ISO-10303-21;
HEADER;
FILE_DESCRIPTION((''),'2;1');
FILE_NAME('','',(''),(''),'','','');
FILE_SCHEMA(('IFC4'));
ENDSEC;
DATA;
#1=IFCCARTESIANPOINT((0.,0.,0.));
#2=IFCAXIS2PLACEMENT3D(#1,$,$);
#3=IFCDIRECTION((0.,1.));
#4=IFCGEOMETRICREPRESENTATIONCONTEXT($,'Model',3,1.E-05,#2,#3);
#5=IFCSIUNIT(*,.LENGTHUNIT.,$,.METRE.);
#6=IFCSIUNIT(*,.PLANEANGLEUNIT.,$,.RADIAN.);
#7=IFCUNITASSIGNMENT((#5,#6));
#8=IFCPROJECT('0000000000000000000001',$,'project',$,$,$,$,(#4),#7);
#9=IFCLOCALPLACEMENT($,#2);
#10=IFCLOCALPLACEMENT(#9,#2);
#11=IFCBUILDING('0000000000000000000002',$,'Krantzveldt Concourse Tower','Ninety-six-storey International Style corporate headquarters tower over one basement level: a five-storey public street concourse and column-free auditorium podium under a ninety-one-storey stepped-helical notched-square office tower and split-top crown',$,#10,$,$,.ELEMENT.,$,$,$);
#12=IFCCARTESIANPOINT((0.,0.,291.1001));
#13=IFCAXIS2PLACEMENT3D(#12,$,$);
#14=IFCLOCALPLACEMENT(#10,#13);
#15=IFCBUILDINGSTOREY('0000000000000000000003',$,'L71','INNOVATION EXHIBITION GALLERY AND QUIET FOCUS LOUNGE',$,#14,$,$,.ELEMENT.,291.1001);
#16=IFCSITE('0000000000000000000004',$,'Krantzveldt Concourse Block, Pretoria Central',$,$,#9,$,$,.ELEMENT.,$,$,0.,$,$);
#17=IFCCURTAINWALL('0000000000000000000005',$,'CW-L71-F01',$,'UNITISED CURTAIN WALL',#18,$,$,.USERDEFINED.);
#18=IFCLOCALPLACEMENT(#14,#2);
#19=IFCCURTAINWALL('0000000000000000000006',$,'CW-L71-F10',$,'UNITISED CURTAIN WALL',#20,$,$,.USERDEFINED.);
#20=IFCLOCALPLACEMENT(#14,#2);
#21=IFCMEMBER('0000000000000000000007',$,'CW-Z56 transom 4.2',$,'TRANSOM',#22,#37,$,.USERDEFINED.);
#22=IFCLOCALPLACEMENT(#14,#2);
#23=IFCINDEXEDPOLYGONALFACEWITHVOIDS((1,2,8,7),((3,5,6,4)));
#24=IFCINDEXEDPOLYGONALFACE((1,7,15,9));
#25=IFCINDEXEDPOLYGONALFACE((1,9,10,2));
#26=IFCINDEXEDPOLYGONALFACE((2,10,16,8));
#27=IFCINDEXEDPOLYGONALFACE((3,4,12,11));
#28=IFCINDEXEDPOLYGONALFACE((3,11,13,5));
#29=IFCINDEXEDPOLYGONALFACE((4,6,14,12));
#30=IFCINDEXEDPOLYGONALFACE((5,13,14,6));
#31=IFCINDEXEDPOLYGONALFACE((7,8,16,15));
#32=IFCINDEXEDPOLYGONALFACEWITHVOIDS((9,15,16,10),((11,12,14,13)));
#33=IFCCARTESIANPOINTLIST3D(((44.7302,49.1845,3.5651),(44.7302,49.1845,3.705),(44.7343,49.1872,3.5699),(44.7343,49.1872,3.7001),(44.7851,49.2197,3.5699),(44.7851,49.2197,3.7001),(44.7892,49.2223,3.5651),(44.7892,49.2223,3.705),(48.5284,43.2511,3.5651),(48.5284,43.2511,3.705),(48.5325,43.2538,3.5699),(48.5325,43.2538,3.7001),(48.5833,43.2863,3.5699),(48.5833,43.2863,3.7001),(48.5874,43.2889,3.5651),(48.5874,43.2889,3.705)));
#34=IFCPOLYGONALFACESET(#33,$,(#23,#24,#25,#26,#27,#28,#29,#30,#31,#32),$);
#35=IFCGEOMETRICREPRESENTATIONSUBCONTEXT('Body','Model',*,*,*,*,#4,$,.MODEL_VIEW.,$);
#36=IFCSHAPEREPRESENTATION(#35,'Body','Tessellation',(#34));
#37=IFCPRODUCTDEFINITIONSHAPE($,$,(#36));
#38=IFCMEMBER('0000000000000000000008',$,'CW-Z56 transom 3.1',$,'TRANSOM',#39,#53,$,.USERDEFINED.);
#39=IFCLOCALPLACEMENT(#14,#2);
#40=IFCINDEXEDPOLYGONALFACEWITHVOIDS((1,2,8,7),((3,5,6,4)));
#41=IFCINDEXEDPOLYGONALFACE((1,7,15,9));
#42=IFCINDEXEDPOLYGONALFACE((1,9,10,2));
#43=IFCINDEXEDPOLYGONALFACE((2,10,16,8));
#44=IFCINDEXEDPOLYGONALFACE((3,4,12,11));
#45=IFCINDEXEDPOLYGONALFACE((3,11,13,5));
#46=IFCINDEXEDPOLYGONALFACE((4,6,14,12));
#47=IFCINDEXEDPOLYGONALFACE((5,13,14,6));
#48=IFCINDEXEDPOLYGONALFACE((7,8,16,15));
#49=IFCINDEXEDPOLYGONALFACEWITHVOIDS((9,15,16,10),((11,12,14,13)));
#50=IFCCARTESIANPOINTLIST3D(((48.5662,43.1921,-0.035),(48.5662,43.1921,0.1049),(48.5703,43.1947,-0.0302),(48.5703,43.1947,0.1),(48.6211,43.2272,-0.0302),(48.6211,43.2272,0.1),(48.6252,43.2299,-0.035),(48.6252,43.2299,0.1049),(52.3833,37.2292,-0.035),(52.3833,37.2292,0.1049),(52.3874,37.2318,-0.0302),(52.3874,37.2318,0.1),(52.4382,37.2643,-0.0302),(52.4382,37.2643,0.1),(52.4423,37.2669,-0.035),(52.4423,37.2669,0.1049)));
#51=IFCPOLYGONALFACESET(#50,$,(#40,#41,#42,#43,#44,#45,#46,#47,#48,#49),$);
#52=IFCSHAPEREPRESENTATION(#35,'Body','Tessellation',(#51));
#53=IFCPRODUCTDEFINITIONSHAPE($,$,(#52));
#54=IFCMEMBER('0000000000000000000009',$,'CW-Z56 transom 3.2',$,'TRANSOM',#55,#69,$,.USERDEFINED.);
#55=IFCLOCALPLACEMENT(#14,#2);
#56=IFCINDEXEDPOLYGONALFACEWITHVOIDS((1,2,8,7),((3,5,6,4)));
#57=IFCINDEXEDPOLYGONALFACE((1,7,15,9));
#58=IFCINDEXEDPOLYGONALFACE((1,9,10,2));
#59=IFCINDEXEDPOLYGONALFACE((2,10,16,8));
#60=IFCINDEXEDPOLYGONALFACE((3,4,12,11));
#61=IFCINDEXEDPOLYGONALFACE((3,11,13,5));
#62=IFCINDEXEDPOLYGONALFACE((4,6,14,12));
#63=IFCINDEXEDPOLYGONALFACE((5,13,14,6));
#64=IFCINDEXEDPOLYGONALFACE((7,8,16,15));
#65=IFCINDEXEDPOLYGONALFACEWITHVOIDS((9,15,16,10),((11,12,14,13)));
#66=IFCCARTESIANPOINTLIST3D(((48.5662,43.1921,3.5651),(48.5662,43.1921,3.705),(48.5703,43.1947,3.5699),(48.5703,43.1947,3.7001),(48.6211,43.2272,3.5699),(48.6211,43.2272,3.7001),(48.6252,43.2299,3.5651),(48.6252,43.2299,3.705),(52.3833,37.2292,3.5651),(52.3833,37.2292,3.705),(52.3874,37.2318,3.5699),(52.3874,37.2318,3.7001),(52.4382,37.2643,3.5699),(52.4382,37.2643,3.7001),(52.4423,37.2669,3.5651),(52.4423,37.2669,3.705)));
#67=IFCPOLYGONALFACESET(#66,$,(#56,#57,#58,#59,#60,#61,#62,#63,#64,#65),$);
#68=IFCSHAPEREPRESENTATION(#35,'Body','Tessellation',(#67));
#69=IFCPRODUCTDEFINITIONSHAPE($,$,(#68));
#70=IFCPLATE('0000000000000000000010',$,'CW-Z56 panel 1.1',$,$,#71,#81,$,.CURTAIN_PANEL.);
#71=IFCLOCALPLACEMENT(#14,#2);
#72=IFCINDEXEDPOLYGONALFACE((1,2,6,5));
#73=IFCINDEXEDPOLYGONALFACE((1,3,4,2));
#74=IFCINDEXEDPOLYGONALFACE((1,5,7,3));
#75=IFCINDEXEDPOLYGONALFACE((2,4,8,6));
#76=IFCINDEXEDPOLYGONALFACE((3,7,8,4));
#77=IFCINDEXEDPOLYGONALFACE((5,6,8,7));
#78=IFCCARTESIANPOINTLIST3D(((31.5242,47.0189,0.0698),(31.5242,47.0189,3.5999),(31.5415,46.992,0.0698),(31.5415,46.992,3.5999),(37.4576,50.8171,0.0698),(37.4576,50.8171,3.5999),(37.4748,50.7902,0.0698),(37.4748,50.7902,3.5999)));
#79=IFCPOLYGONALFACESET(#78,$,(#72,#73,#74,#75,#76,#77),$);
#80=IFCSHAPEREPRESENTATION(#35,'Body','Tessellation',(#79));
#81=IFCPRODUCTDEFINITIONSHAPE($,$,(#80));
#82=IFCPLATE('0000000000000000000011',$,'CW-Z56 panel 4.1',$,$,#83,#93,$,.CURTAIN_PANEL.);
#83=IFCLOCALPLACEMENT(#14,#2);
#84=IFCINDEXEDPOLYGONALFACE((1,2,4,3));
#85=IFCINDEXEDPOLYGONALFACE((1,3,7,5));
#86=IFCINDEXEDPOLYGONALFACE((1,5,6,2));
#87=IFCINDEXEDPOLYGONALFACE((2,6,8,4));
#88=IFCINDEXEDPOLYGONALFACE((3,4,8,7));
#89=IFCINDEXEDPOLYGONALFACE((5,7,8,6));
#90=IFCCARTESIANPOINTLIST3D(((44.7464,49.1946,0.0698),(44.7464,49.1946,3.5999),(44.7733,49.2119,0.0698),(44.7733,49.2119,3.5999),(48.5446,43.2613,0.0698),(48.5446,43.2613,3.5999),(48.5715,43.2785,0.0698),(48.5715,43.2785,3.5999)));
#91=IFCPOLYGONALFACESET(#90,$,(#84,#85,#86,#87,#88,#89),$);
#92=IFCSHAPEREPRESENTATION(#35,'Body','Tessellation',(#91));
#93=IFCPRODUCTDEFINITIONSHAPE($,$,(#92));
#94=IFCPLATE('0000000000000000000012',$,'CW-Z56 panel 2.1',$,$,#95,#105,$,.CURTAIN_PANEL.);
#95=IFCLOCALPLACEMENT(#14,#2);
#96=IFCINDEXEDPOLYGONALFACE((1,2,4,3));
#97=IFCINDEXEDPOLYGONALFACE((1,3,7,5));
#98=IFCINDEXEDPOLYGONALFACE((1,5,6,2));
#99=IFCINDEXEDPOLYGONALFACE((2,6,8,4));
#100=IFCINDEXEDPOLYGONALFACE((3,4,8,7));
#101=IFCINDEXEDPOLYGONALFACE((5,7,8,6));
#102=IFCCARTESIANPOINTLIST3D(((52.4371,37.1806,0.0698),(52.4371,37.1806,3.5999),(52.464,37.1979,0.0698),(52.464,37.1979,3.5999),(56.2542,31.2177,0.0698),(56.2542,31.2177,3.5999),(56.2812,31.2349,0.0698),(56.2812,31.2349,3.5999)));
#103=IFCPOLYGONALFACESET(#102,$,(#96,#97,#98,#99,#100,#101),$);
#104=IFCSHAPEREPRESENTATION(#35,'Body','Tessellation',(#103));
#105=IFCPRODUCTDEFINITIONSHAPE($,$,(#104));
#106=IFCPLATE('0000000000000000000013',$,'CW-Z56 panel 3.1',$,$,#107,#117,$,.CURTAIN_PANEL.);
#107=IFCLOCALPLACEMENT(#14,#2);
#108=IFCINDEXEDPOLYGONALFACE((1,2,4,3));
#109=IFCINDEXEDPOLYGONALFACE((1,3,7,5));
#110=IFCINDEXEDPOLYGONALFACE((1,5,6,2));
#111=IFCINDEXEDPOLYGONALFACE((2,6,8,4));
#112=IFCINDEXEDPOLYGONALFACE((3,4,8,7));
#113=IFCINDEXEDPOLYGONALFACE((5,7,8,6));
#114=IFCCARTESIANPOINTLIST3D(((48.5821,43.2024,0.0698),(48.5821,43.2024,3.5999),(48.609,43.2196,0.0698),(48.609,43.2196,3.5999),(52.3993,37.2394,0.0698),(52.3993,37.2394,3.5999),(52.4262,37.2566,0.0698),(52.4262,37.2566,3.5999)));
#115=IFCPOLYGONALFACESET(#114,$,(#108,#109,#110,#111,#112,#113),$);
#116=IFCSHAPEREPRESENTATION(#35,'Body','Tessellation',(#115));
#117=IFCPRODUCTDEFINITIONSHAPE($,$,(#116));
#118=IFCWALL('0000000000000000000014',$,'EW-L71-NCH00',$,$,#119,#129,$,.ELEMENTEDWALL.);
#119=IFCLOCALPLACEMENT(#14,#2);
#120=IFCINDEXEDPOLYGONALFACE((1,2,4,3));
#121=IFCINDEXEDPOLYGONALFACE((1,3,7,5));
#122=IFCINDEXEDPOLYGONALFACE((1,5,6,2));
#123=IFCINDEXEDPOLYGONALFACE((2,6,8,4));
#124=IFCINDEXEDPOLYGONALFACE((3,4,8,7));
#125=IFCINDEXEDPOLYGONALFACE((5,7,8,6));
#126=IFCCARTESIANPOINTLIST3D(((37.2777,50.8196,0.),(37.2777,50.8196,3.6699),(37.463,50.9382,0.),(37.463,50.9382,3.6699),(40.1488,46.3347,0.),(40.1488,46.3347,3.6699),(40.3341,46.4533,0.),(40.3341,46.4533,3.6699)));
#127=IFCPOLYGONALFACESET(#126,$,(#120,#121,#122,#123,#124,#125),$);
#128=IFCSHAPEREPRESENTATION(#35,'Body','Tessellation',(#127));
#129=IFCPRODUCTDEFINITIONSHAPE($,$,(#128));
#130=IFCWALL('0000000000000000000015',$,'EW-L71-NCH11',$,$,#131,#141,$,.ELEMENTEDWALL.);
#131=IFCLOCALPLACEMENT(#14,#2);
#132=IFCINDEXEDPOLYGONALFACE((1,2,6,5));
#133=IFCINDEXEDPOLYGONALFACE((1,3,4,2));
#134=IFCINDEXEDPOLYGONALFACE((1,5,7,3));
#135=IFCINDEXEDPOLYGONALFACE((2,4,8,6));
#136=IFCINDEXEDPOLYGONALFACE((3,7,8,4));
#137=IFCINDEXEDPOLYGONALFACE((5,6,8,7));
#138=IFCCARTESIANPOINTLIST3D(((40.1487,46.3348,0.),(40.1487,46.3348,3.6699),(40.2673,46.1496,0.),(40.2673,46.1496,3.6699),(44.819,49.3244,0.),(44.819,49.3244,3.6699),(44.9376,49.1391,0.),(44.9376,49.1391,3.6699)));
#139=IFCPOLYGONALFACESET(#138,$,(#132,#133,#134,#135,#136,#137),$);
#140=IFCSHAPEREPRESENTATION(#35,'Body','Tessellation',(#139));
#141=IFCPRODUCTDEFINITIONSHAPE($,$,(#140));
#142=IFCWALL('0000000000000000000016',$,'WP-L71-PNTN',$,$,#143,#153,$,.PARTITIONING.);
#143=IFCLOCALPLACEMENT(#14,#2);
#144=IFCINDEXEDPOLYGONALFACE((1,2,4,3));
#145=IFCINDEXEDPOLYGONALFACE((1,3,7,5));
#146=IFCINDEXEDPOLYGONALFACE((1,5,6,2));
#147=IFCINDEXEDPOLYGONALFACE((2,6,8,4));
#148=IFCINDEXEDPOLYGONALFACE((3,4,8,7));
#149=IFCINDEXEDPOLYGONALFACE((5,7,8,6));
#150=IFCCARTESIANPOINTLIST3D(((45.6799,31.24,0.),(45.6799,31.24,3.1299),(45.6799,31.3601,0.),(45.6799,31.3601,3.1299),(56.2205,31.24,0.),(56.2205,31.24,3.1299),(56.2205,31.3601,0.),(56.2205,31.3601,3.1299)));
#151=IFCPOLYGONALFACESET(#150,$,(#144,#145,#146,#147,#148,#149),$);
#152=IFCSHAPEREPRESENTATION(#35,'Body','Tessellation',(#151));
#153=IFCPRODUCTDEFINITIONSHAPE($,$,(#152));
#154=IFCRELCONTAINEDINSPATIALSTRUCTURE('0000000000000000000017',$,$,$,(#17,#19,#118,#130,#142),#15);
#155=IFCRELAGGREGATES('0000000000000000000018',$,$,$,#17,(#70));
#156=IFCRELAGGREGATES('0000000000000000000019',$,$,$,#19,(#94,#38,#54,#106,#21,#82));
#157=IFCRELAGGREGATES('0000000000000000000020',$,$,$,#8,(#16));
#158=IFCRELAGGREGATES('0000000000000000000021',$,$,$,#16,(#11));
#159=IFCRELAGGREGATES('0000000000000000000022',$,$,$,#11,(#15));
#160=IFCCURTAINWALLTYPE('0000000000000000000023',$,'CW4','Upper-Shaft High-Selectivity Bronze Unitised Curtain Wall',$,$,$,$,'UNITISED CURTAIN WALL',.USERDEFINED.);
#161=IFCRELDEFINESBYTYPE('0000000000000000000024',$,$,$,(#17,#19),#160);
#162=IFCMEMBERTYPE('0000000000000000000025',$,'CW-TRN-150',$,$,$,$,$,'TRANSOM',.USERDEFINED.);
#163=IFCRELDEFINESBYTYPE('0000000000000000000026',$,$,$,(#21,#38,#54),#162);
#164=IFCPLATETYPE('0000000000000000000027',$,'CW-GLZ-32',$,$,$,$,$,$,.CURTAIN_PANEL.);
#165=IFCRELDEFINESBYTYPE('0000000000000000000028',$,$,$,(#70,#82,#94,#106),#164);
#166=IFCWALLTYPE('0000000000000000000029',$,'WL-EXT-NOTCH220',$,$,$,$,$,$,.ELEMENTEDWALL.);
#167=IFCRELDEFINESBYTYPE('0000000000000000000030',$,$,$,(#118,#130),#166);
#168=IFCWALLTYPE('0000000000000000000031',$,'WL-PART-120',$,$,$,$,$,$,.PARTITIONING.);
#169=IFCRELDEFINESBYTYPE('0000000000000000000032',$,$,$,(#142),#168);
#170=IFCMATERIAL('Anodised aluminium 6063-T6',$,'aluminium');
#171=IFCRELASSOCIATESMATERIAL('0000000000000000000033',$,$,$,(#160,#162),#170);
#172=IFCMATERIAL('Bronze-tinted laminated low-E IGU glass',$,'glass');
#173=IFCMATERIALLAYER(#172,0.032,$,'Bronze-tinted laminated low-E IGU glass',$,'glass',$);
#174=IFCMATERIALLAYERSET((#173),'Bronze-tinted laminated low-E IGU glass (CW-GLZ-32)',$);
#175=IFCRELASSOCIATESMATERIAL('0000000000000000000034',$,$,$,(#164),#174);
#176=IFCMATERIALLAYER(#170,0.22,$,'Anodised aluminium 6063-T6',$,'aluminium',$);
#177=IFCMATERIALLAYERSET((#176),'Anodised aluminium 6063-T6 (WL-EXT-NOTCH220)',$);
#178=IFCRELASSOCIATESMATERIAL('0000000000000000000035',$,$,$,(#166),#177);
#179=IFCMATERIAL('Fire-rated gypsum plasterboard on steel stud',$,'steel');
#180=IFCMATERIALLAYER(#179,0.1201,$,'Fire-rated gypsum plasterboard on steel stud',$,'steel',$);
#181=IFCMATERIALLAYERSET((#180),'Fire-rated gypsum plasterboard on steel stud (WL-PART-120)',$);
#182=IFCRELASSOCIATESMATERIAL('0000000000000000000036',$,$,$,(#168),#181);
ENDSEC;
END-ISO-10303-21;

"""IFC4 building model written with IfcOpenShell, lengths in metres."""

from ifc_helpers import new_model, si_unit, direction, frame, frame_2d, origin, origin_2d, place, context, subcontext, project, spatial, rectangle, hollow_rectangle, extrude, source, transform, mapped, material, layer, layer_set, material_profile, profile_set, type_object, type_shapes, element, aggregate, save


model = new_model("IFC4")

# Units and contexts
model_context = context("Model", 3, precision=1e-05, world=origin(), true_north=direction((0.0, 1.0)))
body_context = subcontext(model_context, "Body", "Model", "MODEL_VIEW")
ifc_project = project(units=[si_unit("LENGTHUNIT", "METRE"), si_unit("PLANEANGLEUNIT", "RADIAN")], contexts=[model_context])

# Site, building, storey
site_placement = place(None, origin())
site = spatial("IfcSite", under=ifc_project, at=site_placement, Name="Krantzveldt Concourse Block, Pretoria Central", CompositionType="ELEMENT", RefElevation=0.0)
building_placement = place(site_placement, origin())
building = spatial("IfcBuilding", under=site, at=building_placement, Name="Krantzveldt Concourse Tower", Description="Ninety-six-storey International Style corporate headquarters tower over one basement level: a five-storey public street concourse and column-free auditorium podium under a ninety-one-storey stepped-helical notched-square office tower and split-top crown", CompositionType="ELEMENT")
storey_placement = place(building_placement, frame((0.0, 0.0, 291.1001)))
storey = spatial("IfcBuildingStorey", under=building, at=storey_placement, Name="L71", Description="INNOVATION EXHIBITION GALLERY AND QUIET FOCUS LOUNGE", CompositionType="ELEMENT", Elevation=291.1001)

# Curtain wall
ifc_material_1 = material(Name="Anodised aluminium 6063-T6", Category="aluminium")
curtain_wall_type = type_object("IfcCurtainWallType", Name="CW4", Description="Upper-Shaft High-Selectivity Bronze Unitised Curtain Wall", ElementType="UNITISED CURTAIN WALL", PredefinedType="USERDEFINED", material=ifc_material_1)
curtain_wall_1_placement = place(storey_placement, origin())
curtain_wall_1 = element("IfcCurtainWall", 1, at=curtain_wall_1_placement, inside=storey, type_object=curtain_wall_type, Name="CW-L71-F01", ObjectType="UNITISED CURTAIN WALL", PredefinedType="USERDEFINED")

# Curtain wall
curtain_wall_2_placement = place(storey_placement, origin())
curtain_wall_2 = element("IfcCurtainWall", 2, at=curtain_wall_2_placement, inside=storey, type_object=curtain_wall_type, Name="CW-L71-F10", ObjectType="UNITISED CURTAIN WALL", PredefinedType="USERDEFINED")

# Members
ifc_material_profile_1 = material_profile(ifc_material_1, hollow_rectangle(XDim=0.0701, YDim=0.1399, WallThickness=0.0049, at=origin_2d()), Name="Anodised aluminium 6063-T6", Category="aluminium")
ifc_profile_set_1 = profile_set([ifc_material_profile_1], Name="Anodised aluminium 6063-T6 - ALU-TRAN 140x70x5")
member_type_1 = type_object("IfcMemberType", Name="CW-TRN-150", ElementType="TRANSOM", PredefinedType="USERDEFINED", material=ifc_profile_set_1)
shared_shape_1 = source(origin(), body_context, "Body", "SweptSolid", [
    extrude(hollow_rectangle(XDim=0.0701, YDim=0.1399, WallThickness=0.0049, at=origin_2d()), origin(), (0.0, 0.0, 1.0), 7.0449),
])
member_1_placement = place(storey_placement, frame((48.5579, 43.27, 3.635), z_axis=(-0.539129, 0.842223, 0.0), x_axis=(-0.842223, -0.539129, 0.0)))
member_1 = element("IfcMember", 3, at=member_1_placement, type_object=member_type_1, Name="CW-Z56 transom 4.2", ObjectType="TRANSOM", PredefinedType="USERDEFINED", context=body_context, shape_type="MappedRepresentation", body=[
    mapped(shared_shape_1, transform((0.0, 0.0, 0.0), x_axis=(1.0, 0.0, 0.0), y_axis=(0.0, 1.0, 0.0), z_axis=(0.0, 0.0, 1.0), scale=1.0)),
])
shared_shape_2 = source(origin(), body_context, "Body", "SweptSolid", [
    extrude(hollow_rectangle(XDim=0.0701, YDim=0.1399, WallThickness=0.0049, at=origin_2d()), origin(), (0.0, 0.0, 1.0), 7.0801),
])
type_shapes(member_type_1, [shared_shape_1, shared_shape_2])
member_2_placement = place(storey_placement, frame((52.4128, 37.248, 0.0349), z_axis=(-0.539143, 0.842214, 0.0), x_axis=(-0.842214, -0.539143, 0.0)))
member_2 = element("IfcMember", 4, at=member_2_placement, type_object=member_type_1, Name="CW-Z56 transom 3.1", ObjectType="TRANSOM", PredefinedType="USERDEFINED", context=body_context, shape_type="MappedRepresentation", body=[
    mapped(shared_shape_2, transform((0.0, 0.0, 0.0), x_axis=(1.0, 0.0, 0.0), y_axis=(0.0, 1.0, 0.0), z_axis=(0.0, 0.0, 1.0), scale=1.0)),
])
member_3_placement = place(storey_placement, frame((52.4128, 37.248, 3.635), z_axis=(-0.539143, 0.842214, 0.0), x_axis=(-0.842214, -0.539143, 0.0)))
member_3 = element("IfcMember", 5, at=member_3_placement, type_object=member_type_1, Name="CW-Z56 transom 3.2", ObjectType="TRANSOM", PredefinedType="USERDEFINED", context=body_context, shape_type="MappedRepresentation", body=[
    mapped(shared_shape_2, transform((0.0, 0.0, 0.0), x_axis=(1.0, 0.0, 0.0), y_axis=(0.0, 1.0, 0.0), z_axis=(0.0, 0.0, 1.0), scale=1.0)),
])

# Plates
ifc_material_2 = material(Name="Bronze-tinted laminated low-E IGU glass", Category="glass")
ifc_layer_1 = layer(ifc_material_2, 0.032, Name="Bronze-tinted laminated low-E IGU glass", Category="glass")
ifc_layer_set_1 = layer_set([ifc_layer_1], Name="Bronze-tinted laminated low-E IGU glass (CW-GLZ-32)")
plate_type = type_object("IfcPlateType", Name="CW-GLZ-32", PredefinedType="CURTAIN_PANEL", material=ifc_layer_set_1)
shared_shape_3 = source(origin(), body_context, "Body", "SweptSolid", [
    extrude(rectangle(XDim=7.0449, YDim=0.032, at=origin_2d()), origin(), (0.0, 0.0, 1.0), 3.53),
])
plate_1_placement = place(storey_placement, frame((34.4995, 48.9045, 0.0698), z_axis=(0.0, 0.0, 1.0), x_axis=(-0.842217, -0.539138, 0.0)))
plate_1 = element("IfcPlate", 6, at=plate_1_placement, type_object=plate_type, Name="CW-Z56 panel 1.1", PredefinedType="CURTAIN_PANEL", context=body_context, shape_type="MappedRepresentation", body=[
    mapped(shared_shape_3, transform((0.0, 0.0, 0.0), x_axis=(1.0, 0.0, 0.0), y_axis=(0.0, 1.0, 0.0), z_axis=(0.0, 0.0, 1.0), scale=1.0)),
])
aggregate(curtain_wall_1, [plate_1])
plate_2_placement = place(storey_placement, frame((46.6589, 46.2366, 0.0698), z_axis=(0.0, 0.0, 1.0), x_axis=(-0.539138, 0.842217, 0.0)))
plate_2 = element("IfcPlate", 7, at=plate_2_placement, type_object=plate_type, Name="CW-Z56 panel 4.1", PredefinedType="CURTAIN_PANEL", context=body_context, shape_type="MappedRepresentation", body=[
    mapped(shared_shape_3, transform((0.0, 0.0, 0.0), x_axis=(1.0, 0.0, 0.0), y_axis=(0.0, 1.0, 0.0), z_axis=(0.0, 0.0, 1.0), scale=1.0)),
])
shared_shape_4 = source(origin(), body_context, "Body", "SweptSolid", [
    extrude(rectangle(XDim=7.0801, YDim=0.032, at=origin_2d()), origin(), (0.0, 0.0, 1.0), 3.53),
])
type_shapes(plate_type, [shared_shape_3, shared_shape_4])
plate_3_placement = place(storey_placement, frame((54.3591, 34.2078, 0.0698), z_axis=(0.0, 0.0, 1.0), x_axis=(-0.539138, 0.842217, 0.0)))
plate_3 = element("IfcPlate", 8, at=plate_3_placement, type_object=plate_type, Name="CW-Z56 panel 2.1", PredefinedType="CURTAIN_PANEL", context=body_context, shape_type="MappedRepresentation", body=[
    mapped(shared_shape_4, transform((0.0, 0.0, 0.0), x_axis=(1.0, 0.0, 0.0), y_axis=(0.0, 1.0, 0.0), z_axis=(0.0, 0.0, 1.0), scale=1.0)),
])
plate_4_placement = place(storey_placement, frame((50.5042, 40.2295, 0.0698), z_axis=(0.0, 0.0, 1.0), x_axis=(-0.539138, 0.842217, 0.0)))
plate_4 = element("IfcPlate", 9, at=plate_4_placement, type_object=plate_type, Name="CW-Z56 panel 3.1", PredefinedType="CURTAIN_PANEL", context=body_context, shape_type="MappedRepresentation", body=[
    mapped(shared_shape_4, transform((0.0, 0.0, 0.0), x_axis=(1.0, 0.0, 0.0), y_axis=(0.0, 1.0, 0.0), z_axis=(0.0, 0.0, 1.0), scale=1.0)),
])
aggregate(curtain_wall_2, [plate_3, member_2, member_3, plate_4, member_1, plate_2])

# Walls
ifc_layer_2 = layer(ifc_material_1, 0.22, Name="Anodised aluminium 6063-T6", Category="aluminium")
ifc_layer_set_2 = layer_set([ifc_layer_2], Name="Anodised aluminium 6063-T6 (WL-EXT-NOTCH220)")
wall_type_1 = type_object("IfcWallType", Name="WL-EXT-NOTCH220", PredefinedType="ELEMENTEDWALL", material=ifc_layer_set_2)
wall_1_placement = place(storey_placement, frame((40.2415, 46.394, 0.0), z_axis=(0.0, 0.0, 1.0), x_axis=(-0.539158, 0.842205, 0.0)))
element("IfcWall", 10, at=wall_1_placement, inside=storey, type_object=wall_type_1, Name="EW-L71-NCH00", PredefinedType="ELEMENTEDWALL", context=body_context, shape_type="SweptSolid", body=[
    extrude(rectangle(XDim=5.3252, YDim=0.22, at=frame_2d((2.6626, 0.0))), origin(), (0.0, 0.0, 1.0), 3.6699),
])
wall_2_placement = place(storey_placement, frame((44.8782, 49.2317, 0.0), z_axis=(0.0, 0.0, 1.0), x_axis=(-0.842223, -0.53913, 0.0)))
element("IfcWall", 11, at=wall_2_placement, inside=storey, type_object=wall_type_1, Name="EW-L71-NCH11", PredefinedType="ELEMENTEDWALL", context=body_context, shape_type="SweptSolid", body=[
    extrude(rectangle(XDim=5.5452, YDim=0.22, at=frame_2d((2.7725, 0.0))), origin(), (0.0, 0.0, 1.0), 3.6699),
])
ifc_material_3 = material(Name="Fire-rated gypsum plasterboard on steel stud", Category="steel")
ifc_layer_3 = layer(ifc_material_3, 0.1201, Name="Fire-rated gypsum plasterboard on steel stud", Category="steel")
ifc_layer_set_3 = layer_set([ifc_layer_3], Name="Fire-rated gypsum plasterboard on steel stud (WL-PART-120)")
wall_type_2 = type_object("IfcWallType", Name="WL-PART-120", PredefinedType="PARTITIONING", material=ifc_layer_set_3)
wall_3_placement = place(storey_placement, frame((45.6799, 31.3, 0.0), z_axis=(0.0, 0.0, 1.0), x_axis=(1.0, 0.0, 0.0)))
element("IfcWall", 12, at=wall_3_placement, inside=storey, type_object=wall_type_2, Name="WP-L71-PNTN", PredefinedType="PARTITIONING", context=body_context, shape_type="SweptSolid", body=[
    extrude(rectangle(XDim=10.5405, YDim=0.1201, at=frame_2d((5.2703, 0.0))), origin(), (0.0, 0.0, 1.0), 3.1299),
])

save(model, "model.ifc")
